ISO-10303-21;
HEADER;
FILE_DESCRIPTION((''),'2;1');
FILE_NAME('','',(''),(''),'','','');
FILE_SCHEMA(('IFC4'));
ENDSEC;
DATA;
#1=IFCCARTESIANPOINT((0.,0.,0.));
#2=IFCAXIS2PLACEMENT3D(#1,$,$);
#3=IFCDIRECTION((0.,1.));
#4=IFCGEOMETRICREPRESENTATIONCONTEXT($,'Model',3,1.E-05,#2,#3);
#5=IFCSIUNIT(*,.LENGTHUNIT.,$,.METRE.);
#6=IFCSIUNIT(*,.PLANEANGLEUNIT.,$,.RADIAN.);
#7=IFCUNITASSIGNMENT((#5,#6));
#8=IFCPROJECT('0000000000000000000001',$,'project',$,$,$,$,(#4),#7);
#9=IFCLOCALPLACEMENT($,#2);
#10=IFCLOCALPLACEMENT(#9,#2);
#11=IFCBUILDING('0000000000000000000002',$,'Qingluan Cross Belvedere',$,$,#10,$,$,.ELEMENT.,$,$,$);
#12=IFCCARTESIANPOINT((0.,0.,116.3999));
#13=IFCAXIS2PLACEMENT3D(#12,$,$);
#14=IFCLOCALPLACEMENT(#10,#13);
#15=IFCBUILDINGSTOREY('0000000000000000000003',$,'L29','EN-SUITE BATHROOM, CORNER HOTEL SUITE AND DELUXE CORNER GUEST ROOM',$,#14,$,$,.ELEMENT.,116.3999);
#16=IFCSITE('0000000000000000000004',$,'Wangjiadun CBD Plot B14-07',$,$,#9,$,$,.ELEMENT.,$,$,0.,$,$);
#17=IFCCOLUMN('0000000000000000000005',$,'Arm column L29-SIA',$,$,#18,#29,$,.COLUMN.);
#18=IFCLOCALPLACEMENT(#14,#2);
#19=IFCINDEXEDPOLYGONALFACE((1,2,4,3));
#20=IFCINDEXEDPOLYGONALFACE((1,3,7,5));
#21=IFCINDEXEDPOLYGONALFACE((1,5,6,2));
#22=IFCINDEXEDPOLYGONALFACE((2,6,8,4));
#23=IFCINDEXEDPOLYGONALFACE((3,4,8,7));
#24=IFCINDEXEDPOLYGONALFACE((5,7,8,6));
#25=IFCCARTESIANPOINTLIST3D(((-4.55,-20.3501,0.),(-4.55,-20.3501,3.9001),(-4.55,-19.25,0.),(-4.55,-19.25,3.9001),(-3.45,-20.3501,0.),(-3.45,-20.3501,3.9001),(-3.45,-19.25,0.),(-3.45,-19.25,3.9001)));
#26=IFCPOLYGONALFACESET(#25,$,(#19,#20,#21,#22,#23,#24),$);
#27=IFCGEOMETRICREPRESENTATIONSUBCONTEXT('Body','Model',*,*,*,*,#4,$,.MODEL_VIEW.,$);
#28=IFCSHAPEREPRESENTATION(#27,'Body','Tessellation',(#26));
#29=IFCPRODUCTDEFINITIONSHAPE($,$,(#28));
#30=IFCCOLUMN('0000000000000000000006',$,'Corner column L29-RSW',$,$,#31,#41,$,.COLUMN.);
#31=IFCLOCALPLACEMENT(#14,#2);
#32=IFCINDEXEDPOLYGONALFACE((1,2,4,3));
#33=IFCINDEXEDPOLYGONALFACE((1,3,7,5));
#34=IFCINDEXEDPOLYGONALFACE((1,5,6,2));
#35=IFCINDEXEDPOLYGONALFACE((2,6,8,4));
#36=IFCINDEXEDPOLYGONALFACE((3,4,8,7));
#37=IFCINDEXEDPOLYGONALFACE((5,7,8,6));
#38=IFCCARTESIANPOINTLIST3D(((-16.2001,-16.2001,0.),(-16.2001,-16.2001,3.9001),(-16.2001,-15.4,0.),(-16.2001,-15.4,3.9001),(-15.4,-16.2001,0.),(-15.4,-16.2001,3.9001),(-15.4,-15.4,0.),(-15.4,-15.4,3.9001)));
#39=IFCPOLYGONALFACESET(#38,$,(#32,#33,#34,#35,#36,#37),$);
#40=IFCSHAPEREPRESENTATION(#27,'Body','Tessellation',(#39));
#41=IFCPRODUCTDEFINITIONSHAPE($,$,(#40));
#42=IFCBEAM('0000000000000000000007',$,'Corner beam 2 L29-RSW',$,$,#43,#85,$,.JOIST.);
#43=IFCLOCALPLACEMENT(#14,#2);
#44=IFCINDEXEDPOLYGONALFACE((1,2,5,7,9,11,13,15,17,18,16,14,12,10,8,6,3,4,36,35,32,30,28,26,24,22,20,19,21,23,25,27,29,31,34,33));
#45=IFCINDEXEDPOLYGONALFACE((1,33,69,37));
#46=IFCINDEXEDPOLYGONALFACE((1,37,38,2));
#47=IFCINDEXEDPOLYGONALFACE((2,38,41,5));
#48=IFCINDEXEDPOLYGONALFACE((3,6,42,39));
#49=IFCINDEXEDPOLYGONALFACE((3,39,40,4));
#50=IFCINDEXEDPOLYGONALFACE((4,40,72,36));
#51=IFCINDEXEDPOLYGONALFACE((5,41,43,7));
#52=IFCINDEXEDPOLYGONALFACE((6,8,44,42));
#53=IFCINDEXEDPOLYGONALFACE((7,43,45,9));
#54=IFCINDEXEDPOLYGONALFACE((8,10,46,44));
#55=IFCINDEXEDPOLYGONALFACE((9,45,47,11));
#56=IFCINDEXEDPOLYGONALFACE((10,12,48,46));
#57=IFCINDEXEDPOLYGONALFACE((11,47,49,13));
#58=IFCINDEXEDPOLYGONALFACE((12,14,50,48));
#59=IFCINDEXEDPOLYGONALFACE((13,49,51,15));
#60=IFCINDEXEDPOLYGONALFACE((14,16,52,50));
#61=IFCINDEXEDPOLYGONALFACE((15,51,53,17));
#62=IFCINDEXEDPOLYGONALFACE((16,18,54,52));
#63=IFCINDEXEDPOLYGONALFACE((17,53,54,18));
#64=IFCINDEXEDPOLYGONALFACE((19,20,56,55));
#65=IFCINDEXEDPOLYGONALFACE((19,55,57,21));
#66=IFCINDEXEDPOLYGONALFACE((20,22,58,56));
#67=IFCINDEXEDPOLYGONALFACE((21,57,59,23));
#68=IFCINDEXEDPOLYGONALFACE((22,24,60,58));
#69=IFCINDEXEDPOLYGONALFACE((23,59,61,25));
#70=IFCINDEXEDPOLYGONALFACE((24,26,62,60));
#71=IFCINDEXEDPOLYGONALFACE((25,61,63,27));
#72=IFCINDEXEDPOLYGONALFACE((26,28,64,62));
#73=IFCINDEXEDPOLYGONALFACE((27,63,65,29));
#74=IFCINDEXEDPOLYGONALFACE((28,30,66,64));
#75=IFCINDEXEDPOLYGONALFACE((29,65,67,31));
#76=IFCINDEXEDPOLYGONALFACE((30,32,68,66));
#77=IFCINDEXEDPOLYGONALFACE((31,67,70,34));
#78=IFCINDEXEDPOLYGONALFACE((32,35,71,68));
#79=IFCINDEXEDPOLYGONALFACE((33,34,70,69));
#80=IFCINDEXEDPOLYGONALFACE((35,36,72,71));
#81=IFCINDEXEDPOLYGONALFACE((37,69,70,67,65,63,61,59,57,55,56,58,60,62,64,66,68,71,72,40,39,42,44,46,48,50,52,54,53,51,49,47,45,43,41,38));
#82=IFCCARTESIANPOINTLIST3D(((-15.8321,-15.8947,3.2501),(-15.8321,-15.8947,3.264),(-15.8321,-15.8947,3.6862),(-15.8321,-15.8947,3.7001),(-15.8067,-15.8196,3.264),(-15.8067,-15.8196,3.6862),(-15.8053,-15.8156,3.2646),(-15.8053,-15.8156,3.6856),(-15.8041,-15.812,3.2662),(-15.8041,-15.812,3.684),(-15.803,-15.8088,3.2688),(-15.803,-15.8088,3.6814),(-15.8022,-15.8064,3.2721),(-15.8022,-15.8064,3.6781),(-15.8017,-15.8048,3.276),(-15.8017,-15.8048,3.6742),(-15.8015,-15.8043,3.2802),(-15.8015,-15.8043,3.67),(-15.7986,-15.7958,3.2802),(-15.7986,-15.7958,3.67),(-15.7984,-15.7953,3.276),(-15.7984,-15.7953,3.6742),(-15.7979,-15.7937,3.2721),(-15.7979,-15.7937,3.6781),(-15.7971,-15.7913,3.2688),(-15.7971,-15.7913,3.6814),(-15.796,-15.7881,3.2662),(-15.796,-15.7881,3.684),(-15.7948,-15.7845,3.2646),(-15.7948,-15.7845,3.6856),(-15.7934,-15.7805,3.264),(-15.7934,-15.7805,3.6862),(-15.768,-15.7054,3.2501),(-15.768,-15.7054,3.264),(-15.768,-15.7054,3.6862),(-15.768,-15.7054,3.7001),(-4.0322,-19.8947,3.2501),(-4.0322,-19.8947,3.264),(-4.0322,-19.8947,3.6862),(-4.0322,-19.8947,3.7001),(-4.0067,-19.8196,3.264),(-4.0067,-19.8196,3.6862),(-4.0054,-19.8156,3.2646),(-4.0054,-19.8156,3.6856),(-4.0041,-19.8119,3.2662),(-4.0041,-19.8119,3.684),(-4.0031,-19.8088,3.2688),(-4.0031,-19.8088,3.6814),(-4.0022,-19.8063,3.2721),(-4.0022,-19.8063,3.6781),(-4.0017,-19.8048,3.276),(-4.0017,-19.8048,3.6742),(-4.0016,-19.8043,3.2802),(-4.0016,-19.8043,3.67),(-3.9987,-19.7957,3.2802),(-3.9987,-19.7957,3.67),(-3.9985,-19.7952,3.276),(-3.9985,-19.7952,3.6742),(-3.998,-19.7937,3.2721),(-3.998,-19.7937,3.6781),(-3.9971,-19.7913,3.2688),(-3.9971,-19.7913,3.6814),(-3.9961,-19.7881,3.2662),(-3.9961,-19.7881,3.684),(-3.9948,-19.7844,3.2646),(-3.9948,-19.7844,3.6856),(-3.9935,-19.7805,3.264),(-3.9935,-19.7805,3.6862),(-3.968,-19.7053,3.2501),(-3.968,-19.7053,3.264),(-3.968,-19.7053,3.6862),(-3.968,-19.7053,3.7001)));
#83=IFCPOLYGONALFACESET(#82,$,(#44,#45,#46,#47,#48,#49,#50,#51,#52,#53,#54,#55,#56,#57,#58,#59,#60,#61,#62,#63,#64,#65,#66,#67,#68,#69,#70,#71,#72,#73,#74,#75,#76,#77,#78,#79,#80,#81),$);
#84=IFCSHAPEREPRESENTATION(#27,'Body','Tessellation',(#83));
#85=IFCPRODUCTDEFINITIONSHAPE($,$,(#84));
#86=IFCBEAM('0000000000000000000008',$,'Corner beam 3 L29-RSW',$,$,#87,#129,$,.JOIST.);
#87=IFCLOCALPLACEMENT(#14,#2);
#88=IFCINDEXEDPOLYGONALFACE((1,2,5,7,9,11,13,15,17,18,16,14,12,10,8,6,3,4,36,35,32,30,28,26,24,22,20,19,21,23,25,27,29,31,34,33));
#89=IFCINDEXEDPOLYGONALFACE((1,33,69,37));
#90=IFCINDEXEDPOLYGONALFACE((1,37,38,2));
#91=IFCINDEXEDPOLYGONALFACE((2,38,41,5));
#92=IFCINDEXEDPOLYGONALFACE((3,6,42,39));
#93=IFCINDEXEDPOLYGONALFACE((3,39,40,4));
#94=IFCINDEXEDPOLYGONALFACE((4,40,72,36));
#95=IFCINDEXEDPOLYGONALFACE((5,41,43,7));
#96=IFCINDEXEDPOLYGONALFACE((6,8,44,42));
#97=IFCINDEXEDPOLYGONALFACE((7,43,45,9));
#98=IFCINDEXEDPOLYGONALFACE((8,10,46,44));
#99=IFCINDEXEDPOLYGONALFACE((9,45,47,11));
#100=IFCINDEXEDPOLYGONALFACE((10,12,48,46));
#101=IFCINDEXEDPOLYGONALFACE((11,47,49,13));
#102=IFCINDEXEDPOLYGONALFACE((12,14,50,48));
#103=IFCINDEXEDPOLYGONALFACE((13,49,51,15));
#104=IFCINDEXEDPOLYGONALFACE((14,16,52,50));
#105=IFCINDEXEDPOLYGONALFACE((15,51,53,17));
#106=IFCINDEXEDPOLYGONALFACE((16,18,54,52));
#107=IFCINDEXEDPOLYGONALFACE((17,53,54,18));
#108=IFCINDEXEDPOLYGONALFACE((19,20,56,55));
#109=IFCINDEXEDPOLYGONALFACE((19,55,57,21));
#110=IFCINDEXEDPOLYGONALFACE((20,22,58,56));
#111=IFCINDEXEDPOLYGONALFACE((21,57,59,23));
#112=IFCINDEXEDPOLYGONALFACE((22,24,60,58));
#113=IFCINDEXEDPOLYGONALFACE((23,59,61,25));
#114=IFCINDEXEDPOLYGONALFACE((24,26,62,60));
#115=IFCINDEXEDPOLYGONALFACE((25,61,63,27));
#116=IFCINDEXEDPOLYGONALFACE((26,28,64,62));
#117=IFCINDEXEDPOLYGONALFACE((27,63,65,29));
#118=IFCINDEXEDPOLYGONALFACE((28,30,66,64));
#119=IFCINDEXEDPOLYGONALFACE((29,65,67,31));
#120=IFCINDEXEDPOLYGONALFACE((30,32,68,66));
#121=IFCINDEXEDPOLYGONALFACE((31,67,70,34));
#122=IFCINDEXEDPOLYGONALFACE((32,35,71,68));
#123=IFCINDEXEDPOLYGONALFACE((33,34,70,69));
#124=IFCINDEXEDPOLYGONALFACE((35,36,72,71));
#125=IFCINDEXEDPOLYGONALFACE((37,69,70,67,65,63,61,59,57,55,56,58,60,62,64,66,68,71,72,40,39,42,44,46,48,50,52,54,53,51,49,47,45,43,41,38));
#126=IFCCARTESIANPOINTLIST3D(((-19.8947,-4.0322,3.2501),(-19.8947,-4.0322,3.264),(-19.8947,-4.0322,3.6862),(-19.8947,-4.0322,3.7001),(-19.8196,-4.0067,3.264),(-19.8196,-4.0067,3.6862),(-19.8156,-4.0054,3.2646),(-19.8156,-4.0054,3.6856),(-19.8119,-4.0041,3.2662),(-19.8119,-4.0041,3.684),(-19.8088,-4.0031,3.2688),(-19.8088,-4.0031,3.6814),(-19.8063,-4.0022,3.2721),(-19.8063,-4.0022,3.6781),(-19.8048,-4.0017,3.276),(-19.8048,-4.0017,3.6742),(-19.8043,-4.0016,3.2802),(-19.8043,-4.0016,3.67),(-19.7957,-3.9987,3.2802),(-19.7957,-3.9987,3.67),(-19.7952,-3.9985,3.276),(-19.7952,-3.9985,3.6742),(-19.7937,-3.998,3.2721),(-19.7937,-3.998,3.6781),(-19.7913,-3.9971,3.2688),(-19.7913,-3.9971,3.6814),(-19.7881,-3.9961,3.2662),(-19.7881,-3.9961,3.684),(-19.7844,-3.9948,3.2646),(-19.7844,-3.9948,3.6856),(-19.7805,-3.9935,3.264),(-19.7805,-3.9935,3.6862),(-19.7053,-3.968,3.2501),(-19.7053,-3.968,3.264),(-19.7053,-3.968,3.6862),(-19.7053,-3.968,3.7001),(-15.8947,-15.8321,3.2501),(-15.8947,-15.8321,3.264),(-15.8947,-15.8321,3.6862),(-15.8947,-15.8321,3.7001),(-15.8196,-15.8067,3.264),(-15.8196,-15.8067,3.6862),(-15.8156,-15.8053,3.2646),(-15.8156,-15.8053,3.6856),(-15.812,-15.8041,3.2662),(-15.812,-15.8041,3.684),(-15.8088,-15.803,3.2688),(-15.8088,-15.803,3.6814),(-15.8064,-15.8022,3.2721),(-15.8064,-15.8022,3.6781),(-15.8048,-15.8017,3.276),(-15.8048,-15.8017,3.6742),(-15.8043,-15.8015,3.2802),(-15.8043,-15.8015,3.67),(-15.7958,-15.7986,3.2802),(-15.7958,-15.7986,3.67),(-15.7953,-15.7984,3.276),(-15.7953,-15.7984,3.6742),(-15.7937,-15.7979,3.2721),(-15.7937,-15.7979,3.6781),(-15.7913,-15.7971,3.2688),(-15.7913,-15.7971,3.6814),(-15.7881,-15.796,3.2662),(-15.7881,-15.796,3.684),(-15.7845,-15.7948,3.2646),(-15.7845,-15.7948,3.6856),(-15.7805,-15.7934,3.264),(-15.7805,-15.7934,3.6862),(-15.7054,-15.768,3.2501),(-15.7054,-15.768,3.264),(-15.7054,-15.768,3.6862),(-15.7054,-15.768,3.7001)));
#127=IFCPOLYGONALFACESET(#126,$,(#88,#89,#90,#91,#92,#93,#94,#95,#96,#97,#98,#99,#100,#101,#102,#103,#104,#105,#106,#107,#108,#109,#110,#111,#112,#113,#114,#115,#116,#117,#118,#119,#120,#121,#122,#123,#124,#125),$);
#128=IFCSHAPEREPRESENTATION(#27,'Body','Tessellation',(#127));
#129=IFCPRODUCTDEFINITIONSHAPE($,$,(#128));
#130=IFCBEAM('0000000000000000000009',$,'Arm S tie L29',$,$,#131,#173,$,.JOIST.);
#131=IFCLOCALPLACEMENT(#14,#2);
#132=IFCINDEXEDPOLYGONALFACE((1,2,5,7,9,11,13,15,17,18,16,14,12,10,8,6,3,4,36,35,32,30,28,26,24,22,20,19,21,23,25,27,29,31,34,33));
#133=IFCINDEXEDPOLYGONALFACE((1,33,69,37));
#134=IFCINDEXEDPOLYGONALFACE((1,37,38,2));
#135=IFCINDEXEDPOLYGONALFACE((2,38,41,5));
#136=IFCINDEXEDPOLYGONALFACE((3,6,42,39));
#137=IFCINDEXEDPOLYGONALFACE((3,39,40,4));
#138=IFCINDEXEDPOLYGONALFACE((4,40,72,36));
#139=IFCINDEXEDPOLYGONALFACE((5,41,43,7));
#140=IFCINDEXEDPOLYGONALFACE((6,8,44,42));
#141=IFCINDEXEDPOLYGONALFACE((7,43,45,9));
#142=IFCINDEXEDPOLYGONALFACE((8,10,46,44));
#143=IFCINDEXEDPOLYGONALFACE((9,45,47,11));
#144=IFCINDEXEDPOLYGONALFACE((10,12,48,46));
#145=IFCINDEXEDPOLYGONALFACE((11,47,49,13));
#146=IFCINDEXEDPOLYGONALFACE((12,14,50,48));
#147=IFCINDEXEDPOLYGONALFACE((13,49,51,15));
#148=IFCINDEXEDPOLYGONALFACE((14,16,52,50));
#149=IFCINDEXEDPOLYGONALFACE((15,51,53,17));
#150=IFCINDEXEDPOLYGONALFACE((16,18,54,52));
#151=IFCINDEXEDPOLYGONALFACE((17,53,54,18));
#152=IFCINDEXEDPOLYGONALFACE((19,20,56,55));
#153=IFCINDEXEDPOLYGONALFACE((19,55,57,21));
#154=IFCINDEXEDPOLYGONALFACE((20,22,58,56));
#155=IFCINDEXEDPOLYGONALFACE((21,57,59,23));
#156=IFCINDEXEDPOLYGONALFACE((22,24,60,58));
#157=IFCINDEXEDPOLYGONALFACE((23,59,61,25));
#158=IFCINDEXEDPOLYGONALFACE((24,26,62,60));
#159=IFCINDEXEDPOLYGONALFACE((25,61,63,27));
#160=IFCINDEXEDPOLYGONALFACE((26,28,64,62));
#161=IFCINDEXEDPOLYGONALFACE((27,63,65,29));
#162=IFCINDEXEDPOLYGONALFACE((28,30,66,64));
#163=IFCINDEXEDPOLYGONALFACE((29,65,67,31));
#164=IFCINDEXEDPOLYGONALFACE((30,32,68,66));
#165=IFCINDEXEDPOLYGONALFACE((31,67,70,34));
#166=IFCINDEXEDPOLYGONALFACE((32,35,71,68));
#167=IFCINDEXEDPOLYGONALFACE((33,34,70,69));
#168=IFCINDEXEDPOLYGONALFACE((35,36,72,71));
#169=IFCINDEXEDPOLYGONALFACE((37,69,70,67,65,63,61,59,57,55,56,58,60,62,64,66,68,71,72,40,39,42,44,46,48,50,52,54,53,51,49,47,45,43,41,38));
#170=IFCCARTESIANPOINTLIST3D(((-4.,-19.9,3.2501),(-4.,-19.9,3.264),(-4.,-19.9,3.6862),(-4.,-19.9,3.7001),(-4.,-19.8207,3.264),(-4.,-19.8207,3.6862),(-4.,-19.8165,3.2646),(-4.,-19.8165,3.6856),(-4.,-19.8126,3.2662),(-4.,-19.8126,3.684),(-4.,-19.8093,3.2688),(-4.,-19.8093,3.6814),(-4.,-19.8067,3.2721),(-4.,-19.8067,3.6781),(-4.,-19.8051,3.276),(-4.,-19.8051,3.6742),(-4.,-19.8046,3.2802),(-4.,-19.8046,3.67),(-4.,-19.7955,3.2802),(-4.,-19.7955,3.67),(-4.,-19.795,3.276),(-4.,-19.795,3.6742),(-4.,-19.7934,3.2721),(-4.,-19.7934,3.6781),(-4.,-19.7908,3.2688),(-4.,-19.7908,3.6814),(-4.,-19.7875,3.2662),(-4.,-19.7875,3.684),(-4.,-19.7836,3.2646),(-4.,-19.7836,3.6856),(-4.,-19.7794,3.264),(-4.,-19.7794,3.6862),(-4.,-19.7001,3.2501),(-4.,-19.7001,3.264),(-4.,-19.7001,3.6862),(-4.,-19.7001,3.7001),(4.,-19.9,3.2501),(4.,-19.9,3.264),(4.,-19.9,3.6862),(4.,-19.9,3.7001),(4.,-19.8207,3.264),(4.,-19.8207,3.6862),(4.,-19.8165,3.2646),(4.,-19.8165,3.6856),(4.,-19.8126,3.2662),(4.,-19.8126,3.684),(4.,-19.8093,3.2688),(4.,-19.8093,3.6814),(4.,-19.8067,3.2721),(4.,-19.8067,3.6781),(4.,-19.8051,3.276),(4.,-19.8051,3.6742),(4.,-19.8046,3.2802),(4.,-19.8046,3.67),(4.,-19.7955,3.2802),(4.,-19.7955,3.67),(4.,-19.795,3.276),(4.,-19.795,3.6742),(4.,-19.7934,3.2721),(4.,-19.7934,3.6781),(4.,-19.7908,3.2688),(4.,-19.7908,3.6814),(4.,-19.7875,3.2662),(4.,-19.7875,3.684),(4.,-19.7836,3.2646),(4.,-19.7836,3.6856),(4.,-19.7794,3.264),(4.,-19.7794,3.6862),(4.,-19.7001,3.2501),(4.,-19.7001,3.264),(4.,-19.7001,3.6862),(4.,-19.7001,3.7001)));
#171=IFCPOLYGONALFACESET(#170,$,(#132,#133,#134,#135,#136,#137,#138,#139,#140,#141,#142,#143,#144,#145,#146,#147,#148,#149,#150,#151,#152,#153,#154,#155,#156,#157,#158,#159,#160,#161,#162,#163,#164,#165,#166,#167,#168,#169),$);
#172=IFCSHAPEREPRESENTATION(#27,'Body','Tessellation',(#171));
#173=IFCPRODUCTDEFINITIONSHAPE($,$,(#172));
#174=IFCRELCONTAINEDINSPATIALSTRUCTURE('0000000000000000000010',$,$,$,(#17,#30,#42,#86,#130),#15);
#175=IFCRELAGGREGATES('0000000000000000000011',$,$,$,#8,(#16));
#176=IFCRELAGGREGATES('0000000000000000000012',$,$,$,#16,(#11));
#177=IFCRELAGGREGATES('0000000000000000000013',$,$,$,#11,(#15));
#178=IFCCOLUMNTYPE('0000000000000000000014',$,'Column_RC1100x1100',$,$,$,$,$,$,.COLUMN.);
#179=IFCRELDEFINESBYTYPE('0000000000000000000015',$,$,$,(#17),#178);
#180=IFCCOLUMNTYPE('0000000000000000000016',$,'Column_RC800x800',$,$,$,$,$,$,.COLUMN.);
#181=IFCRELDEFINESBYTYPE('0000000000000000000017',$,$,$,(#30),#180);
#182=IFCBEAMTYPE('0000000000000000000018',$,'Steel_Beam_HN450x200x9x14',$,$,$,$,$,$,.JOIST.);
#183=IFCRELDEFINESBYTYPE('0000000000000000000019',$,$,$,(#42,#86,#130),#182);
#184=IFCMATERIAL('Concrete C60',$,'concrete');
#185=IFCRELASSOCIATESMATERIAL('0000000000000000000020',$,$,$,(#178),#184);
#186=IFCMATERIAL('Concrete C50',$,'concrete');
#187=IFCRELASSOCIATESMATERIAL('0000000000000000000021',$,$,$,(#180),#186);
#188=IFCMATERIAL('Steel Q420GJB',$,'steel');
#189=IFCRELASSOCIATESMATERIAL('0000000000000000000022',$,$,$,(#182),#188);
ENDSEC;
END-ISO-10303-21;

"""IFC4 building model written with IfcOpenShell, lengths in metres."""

from ifc_helpers import new_model, si_unit, direction, frame, origin, origin_2d, place, context, subcontext, project, spatial, rectangle, i_section, extrude, material, material_profile, profile_set, type_object, element, save


model = new_model("IFC4")

# Units and contexts
model_context = context("Model", 3, precision=1e-05, world=origin(), true_north=direction((0.0, 1.0)))
body_context = subcontext(model_context, "Body", "Model", "MODEL_VIEW")
ifc_project = project(units=[si_unit("LENGTHUNIT", "METRE"), si_unit("PLANEANGLEUNIT", "RADIAN")], contexts=[model_context])

# Site, building, storey
site_placement = place(None, origin())
site = spatial("IfcSite", under=ifc_project, at=site_placement, Name="Wangjiadun CBD Plot B14-07", CompositionType="ELEMENT", RefElevation=0.0)
building_placement = place(site_placement, origin())
building = spatial("IfcBuilding", under=site, at=building_placement, Name="Qingluan Cross Belvedere", CompositionType="ELEMENT")
storey_placement = place(building_placement, frame((0.0, 0.0, 116.3999)))
storey = spatial("IfcBuildingStorey", under=building, at=storey_placement, Name="L29", Description="EN-SUITE BATHROOM, CORNER HOTEL SUITE AND DELUXE CORNER GUEST ROOM", CompositionType="ELEMENT", Elevation=116.3999)

# Columns
ifc_material_1 = material(Name="Concrete C60", Category="concrete")
ifc_material_profile_1 = material_profile(ifc_material_1, rectangle(XDim=1.1001, YDim=1.1001, at=origin_2d()), Name="RC1100x1100")
ifc_profile_set_1 = profile_set([ifc_material_profile_1], Name="Concrete C60")
column_type_1 = type_object("IfcColumnType", Name="Column_RC1100x1100", PredefinedType="COLUMN", material=ifc_profile_set_1)
column_1_placement = place(storey_placement, frame((-4.0, -19.8, 0.0), z_axis=(0.0, 0.0, 1.0), x_axis=(1.0, 0.0, 0.0)))
element("IfcColumn", 1, at=column_1_placement, inside=storey, type_object=column_type_1, Name="Arm column L29-SIA", PredefinedType="COLUMN", context=body_context, shape_type="SweptSolid", body=[
    extrude(rectangle(XDim=1.1001, YDim=1.1001, at=origin_2d()), origin(), (0.0, 0.0, 1.0), 3.9001),
])
ifc_material_2 = material(Name="Concrete C50", Category="concrete")
ifc_material_profile_2 = material_profile(ifc_material_2, rectangle(XDim=0.8, YDim=0.8, at=origin_2d()), Name="RC800x800")
ifc_profile_set_2 = profile_set([ifc_material_profile_2], Name="Concrete C50")
column_type_2 = type_object("IfcColumnType", Name="Column_RC800x800", PredefinedType="COLUMN", material=ifc_profile_set_2)
column_2_placement = place(storey_placement, frame((-15.8, -15.8, 0.0), z_axis=(0.0, 0.0, 1.0), x_axis=(1.0, 0.0, 0.0)))
element("IfcColumn", 2, at=column_2_placement, inside=storey, type_object=column_type_2, Name="Corner column L29-RSW", PredefinedType="COLUMN", context=body_context, shape_type="SweptSolid", body=[
    extrude(rectangle(XDim=0.8, YDim=0.8, at=origin_2d()), origin(), (0.0, 0.0, 1.0), 3.9001),
])

# Beams
ifc_material_3 = material(Name="Steel Q420GJB", Category="steel")
ifc_material_profile_3 = material_profile(ifc_material_3, i_section(OverallWidth=0.2, OverallDepth=0.45, WebThickness=0.009, FlangeThickness=0.0139, FilletRadius=0.0161, at=origin_2d()), Name="HN450x200x9x14")
ifc_profile_set_3 = profile_set([ifc_material_profile_3], Name="Steel Q420GJB")
beam_type_1 = type_object("IfcBeamType", Name="Steel_Beam_HN450x200x9x14", PredefinedType="JOIST", material=ifc_profile_set_3)
for number, where, z_axis, x_axis, name in (
    (3, (-15.8, -15.8, 3.4751), (0.947066, -0.321038, 0.0), (0.321038, 0.947066, 0.0), "Corner beam 2 L29-RSW"),
    (4, (-15.8, -15.8, 3.4751), (-0.321038, 0.947066, 0.0), (-0.947066, -0.321038, 0.0), "Corner beam 3 L29-RSW"),
):
    element("IfcBeam", number, at=place(storey_placement, frame(where, z_axis=z_axis, x_axis=x_axis)), inside=storey, type_object=beam_type_1, Name=name, PredefinedType="JOIST", context=body_context, shape_type="SweptSolid", body=[
        extrude(i_section(OverallWidth=0.2, OverallDepth=0.45, WebThickness=0.009, FlangeThickness=0.0139, FilletRadius=0.0161, at=origin_2d()), origin(), (0.0, 0.0, 1.0), 12.4595),
    ])
for number, where, z_axis, x_axis, name in (
    (5, (-4.0, -19.8, 3.4751), (1.0, 0.0, 0.0), (0.0, 1.0, 0.0), "Arm S tie L29"),
):
    element("IfcBeam", number, at=place(storey_placement, frame(where, z_axis=z_axis, x_axis=x_axis)), inside=storey, type_object=beam_type_1, Name=name, PredefinedType="JOIST", context=body_context, shape_type="SweptSolid", body=[
        extrude(i_section(OverallWidth=0.2, OverallDepth=0.45, WebThickness=0.009, FlangeThickness=0.0139, FilletRadius=0.0161, at=origin_2d()), origin(), (0.0, 0.0, 1.0), 8.0),
    ])

save(model, "model.ifc")
